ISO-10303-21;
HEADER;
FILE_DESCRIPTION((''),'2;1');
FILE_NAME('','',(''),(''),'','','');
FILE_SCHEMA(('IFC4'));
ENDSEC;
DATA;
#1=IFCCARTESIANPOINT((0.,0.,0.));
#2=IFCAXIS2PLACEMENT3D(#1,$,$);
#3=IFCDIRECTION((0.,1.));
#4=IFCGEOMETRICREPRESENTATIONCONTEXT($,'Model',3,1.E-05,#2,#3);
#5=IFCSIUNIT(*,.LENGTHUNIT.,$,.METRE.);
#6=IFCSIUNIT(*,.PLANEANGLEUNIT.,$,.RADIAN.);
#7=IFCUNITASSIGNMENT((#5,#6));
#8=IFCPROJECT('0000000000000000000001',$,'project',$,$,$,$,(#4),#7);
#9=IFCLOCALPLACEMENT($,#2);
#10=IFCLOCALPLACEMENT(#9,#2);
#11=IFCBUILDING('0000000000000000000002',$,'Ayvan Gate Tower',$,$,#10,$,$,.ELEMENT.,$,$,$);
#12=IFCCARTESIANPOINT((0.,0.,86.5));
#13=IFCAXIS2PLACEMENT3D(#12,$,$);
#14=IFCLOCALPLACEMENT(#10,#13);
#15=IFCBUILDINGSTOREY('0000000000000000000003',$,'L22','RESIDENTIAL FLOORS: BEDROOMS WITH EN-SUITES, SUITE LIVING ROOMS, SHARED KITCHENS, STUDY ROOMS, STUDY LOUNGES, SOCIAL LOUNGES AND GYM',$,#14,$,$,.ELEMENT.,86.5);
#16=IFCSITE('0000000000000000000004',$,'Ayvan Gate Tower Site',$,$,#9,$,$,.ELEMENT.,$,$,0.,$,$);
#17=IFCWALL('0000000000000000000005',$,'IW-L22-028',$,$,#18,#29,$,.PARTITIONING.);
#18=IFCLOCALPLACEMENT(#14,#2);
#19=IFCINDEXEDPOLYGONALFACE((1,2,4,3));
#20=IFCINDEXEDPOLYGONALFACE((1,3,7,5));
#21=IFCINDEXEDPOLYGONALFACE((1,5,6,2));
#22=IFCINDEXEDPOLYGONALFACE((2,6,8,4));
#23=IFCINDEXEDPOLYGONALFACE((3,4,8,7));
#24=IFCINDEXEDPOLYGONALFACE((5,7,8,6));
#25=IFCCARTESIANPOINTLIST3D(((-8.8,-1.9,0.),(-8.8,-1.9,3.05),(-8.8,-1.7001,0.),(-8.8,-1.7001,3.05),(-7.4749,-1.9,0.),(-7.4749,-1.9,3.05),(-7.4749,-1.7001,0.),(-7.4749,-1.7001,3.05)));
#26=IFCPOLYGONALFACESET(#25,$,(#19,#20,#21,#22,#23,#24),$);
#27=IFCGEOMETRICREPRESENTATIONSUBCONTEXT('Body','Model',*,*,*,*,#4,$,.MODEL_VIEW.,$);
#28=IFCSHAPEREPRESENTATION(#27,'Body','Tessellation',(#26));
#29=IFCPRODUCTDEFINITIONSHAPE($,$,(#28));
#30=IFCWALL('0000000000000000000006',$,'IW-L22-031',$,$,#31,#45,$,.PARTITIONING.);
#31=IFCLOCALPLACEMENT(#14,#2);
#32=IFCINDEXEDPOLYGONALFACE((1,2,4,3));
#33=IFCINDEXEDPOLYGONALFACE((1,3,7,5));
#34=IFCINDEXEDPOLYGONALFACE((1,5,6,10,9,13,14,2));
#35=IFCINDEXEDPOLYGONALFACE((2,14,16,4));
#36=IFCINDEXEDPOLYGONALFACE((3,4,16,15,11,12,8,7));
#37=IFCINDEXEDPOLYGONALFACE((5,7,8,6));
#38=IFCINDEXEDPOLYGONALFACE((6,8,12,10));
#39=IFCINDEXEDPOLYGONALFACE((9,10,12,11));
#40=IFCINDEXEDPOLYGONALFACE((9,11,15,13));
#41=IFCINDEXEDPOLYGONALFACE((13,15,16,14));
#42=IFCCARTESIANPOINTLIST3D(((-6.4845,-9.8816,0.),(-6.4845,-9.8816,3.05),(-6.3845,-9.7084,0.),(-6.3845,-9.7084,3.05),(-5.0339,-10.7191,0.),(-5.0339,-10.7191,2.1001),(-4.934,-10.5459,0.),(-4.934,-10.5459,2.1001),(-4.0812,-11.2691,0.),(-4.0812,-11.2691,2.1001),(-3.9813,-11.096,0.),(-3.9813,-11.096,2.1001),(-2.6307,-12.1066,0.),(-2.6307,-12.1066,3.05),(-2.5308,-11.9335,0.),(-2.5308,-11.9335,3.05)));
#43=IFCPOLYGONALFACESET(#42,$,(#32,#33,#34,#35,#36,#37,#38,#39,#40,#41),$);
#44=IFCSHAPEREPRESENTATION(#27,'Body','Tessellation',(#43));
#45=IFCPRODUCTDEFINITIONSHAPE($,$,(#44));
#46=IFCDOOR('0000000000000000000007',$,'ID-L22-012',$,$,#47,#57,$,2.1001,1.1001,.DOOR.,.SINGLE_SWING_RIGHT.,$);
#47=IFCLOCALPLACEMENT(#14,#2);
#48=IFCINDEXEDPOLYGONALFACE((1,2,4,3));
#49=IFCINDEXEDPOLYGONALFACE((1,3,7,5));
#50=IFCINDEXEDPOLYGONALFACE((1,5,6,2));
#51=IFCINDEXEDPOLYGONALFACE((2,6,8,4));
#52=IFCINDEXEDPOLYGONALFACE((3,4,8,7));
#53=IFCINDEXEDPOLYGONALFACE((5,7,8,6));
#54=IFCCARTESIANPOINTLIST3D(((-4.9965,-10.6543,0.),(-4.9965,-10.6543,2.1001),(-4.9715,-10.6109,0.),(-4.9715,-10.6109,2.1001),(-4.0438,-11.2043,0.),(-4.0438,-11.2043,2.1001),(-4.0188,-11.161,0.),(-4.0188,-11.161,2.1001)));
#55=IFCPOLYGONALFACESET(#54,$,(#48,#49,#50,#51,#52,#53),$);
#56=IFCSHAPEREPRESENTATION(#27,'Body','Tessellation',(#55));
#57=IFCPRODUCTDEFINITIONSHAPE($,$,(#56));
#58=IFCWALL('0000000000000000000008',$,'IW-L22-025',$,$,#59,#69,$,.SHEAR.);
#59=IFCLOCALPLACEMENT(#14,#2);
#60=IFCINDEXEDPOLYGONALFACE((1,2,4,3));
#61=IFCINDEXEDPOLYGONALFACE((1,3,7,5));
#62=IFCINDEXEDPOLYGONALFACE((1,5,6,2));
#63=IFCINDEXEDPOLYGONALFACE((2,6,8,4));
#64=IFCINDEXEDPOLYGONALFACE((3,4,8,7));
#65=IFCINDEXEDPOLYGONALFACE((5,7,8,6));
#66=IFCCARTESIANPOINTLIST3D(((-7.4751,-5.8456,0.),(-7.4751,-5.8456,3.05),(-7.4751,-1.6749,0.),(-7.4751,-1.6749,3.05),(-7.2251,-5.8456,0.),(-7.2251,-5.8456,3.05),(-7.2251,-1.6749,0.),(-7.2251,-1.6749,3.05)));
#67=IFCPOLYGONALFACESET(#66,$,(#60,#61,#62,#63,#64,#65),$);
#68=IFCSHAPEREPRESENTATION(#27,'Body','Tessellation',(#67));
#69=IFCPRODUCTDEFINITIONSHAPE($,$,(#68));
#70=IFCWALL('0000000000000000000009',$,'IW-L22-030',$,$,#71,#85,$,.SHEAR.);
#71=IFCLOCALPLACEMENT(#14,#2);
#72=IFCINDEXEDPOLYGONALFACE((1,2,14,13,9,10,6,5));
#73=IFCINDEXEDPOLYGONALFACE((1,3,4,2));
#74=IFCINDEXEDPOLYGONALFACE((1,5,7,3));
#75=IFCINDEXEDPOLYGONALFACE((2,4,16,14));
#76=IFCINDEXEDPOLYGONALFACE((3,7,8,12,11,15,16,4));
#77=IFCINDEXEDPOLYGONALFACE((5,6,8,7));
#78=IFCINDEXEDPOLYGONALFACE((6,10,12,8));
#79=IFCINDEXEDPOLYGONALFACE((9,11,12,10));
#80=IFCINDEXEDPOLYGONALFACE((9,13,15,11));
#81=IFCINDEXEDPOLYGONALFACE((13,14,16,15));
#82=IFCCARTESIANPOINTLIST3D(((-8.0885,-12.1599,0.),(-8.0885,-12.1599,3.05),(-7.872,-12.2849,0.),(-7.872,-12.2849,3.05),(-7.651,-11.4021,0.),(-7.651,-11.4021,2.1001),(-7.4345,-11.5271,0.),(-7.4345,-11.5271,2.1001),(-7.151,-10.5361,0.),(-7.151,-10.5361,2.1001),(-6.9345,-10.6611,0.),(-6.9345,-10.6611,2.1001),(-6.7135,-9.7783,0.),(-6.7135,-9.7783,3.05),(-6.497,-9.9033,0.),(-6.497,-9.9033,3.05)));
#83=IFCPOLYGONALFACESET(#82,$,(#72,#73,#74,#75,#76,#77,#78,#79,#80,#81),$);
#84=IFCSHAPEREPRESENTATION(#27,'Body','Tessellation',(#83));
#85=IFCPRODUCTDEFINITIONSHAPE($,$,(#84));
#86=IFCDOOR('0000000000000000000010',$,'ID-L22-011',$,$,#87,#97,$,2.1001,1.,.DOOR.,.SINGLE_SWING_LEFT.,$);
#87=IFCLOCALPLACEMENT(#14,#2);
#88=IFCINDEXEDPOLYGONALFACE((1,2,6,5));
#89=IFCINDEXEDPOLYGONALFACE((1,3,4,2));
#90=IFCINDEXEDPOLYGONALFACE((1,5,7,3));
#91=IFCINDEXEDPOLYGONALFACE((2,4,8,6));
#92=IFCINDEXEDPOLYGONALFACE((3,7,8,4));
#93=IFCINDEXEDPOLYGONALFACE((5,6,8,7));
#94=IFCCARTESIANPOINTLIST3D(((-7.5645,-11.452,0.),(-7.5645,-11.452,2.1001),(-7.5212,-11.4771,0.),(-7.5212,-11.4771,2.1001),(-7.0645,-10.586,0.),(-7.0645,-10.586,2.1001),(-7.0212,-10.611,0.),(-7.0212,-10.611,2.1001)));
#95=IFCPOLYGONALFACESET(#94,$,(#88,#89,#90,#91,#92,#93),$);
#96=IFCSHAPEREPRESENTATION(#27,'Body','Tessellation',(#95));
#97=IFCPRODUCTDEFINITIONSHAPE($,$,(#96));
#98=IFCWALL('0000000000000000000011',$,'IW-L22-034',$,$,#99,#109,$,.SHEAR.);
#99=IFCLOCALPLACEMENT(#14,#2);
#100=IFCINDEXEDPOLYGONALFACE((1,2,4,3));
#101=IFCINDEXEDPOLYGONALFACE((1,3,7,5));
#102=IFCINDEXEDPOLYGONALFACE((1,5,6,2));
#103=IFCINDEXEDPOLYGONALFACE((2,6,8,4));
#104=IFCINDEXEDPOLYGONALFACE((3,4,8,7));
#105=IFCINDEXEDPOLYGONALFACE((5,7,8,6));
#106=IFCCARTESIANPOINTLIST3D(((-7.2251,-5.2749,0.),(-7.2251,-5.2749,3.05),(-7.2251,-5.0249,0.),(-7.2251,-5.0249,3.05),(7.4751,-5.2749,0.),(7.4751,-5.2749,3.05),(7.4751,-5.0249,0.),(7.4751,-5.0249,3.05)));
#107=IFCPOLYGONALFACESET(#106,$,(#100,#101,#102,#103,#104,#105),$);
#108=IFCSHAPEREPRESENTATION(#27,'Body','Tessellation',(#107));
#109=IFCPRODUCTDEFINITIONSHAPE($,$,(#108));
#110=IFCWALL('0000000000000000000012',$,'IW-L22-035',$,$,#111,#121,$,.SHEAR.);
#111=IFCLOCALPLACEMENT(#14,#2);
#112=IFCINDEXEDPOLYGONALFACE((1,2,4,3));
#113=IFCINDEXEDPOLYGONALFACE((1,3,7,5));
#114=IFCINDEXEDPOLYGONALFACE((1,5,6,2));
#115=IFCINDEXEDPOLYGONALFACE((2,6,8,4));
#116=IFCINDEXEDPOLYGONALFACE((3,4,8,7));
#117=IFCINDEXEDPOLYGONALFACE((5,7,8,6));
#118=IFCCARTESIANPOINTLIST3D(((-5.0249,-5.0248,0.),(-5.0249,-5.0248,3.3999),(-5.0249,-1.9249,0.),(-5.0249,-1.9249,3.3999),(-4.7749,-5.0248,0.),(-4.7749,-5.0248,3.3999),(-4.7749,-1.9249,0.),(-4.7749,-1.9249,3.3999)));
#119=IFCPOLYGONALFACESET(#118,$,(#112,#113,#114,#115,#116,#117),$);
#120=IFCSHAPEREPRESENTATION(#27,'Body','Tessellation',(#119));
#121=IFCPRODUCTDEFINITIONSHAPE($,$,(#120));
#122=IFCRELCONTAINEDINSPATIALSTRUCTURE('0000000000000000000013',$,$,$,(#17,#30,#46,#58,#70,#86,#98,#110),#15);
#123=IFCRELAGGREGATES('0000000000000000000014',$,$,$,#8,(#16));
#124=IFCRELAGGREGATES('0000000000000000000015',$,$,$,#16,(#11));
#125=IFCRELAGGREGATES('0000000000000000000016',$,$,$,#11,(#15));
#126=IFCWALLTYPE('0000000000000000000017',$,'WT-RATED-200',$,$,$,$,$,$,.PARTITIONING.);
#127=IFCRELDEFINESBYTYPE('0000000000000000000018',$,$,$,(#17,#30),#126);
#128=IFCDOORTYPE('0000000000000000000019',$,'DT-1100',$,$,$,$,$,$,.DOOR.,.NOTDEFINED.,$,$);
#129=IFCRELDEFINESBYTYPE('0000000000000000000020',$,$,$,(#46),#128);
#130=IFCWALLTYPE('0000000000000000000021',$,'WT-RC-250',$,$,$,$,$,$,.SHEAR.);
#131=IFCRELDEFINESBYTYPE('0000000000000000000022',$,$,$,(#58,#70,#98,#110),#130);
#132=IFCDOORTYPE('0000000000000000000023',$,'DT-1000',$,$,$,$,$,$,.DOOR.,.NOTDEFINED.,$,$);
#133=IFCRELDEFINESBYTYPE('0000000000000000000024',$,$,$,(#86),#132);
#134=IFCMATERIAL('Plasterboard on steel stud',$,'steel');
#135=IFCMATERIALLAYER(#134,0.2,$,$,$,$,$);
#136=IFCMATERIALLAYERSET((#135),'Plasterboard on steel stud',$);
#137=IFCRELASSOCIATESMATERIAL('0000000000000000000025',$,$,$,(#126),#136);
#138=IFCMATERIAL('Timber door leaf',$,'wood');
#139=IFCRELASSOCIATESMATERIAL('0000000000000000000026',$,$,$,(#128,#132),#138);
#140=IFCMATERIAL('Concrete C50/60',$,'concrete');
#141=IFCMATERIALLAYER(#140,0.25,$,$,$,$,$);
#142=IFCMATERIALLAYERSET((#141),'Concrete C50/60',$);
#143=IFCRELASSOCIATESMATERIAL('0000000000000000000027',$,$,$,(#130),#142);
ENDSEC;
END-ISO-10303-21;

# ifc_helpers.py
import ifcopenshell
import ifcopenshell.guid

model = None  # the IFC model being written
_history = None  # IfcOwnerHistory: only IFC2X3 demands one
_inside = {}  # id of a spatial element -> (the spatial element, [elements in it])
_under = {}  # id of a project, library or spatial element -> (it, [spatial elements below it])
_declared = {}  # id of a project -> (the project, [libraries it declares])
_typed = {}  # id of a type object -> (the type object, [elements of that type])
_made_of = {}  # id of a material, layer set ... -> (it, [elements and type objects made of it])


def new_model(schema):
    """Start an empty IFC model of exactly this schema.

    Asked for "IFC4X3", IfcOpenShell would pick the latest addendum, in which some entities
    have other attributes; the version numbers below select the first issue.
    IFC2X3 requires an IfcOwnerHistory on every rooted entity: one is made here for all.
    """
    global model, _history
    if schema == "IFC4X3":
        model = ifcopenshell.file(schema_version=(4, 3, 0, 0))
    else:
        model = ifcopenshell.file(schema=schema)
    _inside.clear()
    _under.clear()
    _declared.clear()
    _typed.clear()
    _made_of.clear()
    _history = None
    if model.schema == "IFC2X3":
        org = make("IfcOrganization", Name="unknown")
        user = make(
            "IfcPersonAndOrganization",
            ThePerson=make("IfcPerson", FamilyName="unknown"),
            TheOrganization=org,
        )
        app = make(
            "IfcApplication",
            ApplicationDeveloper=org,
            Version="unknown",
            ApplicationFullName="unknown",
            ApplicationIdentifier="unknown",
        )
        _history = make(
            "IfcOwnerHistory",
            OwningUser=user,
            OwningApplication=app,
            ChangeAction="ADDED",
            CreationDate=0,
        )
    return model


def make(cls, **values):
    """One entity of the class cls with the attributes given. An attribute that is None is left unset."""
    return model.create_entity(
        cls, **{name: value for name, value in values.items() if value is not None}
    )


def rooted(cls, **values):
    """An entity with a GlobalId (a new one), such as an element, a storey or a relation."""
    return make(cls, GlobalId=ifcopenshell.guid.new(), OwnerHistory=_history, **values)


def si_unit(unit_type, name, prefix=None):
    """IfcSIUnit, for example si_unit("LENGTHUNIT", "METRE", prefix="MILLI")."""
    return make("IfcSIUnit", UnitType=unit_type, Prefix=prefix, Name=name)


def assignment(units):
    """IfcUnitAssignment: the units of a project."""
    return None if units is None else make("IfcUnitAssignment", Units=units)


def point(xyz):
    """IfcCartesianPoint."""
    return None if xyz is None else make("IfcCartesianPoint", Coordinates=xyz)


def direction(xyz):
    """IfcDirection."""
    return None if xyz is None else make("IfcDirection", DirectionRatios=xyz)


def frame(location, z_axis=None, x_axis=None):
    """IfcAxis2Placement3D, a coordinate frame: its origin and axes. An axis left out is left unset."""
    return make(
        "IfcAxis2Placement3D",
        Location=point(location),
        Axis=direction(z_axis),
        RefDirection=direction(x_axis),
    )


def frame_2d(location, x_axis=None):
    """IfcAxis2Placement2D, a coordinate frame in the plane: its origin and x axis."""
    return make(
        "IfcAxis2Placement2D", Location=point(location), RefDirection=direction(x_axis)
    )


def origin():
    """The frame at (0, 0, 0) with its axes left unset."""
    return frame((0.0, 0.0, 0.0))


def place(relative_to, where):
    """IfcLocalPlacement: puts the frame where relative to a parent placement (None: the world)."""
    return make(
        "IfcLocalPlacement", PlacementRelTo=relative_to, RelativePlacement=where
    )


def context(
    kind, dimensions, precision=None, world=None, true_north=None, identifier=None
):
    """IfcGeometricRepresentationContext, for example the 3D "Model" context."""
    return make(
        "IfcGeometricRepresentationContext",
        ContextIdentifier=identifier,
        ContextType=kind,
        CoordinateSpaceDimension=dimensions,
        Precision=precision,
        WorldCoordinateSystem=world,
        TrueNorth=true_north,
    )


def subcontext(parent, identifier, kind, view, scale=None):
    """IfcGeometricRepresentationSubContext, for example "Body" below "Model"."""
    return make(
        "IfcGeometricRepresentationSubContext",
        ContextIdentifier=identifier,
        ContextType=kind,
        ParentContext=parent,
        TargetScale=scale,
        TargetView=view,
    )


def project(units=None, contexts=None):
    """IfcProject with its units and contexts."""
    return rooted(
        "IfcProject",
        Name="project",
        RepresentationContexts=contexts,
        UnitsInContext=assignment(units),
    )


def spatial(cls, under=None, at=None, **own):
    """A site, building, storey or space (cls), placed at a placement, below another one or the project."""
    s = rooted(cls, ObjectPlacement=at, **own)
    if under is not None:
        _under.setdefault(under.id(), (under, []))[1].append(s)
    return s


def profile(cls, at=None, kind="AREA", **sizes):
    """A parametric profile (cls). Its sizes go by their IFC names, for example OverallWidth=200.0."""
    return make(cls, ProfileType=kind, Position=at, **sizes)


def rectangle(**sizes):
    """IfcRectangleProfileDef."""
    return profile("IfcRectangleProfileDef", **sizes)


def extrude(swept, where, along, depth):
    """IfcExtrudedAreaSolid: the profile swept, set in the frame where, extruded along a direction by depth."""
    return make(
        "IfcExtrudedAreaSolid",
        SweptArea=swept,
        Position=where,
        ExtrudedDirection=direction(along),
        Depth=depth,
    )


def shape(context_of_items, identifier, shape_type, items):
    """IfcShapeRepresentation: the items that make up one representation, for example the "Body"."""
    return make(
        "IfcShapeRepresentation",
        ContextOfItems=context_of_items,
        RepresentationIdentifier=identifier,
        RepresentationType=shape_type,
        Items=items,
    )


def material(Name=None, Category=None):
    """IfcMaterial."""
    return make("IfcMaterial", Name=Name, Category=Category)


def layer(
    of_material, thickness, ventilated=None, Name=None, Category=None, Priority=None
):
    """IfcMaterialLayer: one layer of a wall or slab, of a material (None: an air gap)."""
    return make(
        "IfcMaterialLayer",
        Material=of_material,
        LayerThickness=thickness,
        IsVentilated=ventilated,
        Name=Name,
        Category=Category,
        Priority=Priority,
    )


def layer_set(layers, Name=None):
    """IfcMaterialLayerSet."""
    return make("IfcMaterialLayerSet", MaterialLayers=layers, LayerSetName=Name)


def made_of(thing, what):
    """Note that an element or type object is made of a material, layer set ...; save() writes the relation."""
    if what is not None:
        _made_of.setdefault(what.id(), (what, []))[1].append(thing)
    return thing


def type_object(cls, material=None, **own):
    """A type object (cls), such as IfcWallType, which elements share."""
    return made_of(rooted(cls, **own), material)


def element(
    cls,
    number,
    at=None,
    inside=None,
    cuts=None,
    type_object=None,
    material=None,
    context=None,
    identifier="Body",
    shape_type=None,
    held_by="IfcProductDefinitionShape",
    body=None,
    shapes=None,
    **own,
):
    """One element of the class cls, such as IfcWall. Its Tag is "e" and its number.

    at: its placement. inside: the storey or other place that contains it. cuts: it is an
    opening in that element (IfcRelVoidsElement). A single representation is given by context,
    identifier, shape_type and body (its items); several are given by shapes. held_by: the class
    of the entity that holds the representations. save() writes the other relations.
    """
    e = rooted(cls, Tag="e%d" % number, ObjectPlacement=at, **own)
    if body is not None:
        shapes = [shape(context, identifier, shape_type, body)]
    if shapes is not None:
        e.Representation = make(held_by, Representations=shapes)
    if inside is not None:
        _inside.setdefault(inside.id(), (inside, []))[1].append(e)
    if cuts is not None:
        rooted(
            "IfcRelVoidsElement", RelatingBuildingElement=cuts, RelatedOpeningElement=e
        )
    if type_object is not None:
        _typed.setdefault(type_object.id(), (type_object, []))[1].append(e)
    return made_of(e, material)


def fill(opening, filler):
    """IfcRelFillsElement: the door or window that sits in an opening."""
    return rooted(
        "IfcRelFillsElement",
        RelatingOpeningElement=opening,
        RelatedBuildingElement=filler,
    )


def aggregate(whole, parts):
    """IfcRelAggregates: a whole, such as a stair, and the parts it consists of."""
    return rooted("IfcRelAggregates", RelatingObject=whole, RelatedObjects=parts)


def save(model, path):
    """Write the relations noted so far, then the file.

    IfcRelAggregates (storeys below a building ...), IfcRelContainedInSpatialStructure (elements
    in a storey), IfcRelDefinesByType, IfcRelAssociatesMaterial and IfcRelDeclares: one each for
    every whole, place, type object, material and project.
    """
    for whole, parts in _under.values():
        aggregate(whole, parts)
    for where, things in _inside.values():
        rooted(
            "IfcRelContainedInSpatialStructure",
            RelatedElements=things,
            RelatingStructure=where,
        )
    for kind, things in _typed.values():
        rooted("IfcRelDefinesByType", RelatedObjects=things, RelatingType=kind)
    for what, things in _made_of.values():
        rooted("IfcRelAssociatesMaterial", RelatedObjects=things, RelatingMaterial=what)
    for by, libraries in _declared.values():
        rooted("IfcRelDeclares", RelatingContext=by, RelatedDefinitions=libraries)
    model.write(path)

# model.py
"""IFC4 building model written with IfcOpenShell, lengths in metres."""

from ifc_helpers import new_model, si_unit, direction, frame, frame_2d, origin, place, context, subcontext, project, spatial, rectangle, extrude, material, layer, layer_set, type_object, element, fill, save


model = new_model("IFC4")

# Units and contexts
model_context = context("Model", 3, precision=1e-05, world=origin(), true_north=direction((0.0, 1.0)))
body_context = subcontext(model_context, "Body", "Model", "MODEL_VIEW")
ifc_project = project(units=[si_unit("LENGTHUNIT", "METRE"), si_unit("PLANEANGLEUNIT", "RADIAN")], contexts=[model_context])

# Site, building, storey
site_placement = place(None, origin())
site = spatial("IfcSite", under=ifc_project, at=site_placement, Name="Ayvan Gate Tower Site", CompositionType="ELEMENT", RefElevation=0.0)
building_placement = place(site_placement, origin())
building = spatial("IfcBuilding", under=site, at=building_placement, Name="Ayvan Gate Tower", CompositionType="ELEMENT")
storey_placement = place(building_placement, frame((0.0, 0.0, 86.5)))
storey = spatial("IfcBuildingStorey", under=building, at=storey_placement, Name="L22", Description="RESIDENTIAL FLOORS: BEDROOMS WITH EN-SUITES, SUITE LIVING ROOMS, SHARED KITCHENS, STUDY ROOMS, STUDY LOUNGES, SOCIAL LOUNGES AND GYM", CompositionType="ELEMENT", Elevation=86.5)

# Wall
ifc_material_1 = material(Name="Plasterboard on steel stud", Category="steel")
ifc_layer_1 = layer(ifc_material_1, 0.2)
ifc_layer_set_1 = layer_set([ifc_layer_1], Name="Plasterboard on steel stud")
wall_type_1 = type_object("IfcWallType", Name="WT-RATED-200", PredefinedType="PARTITIONING", material=ifc_layer_set_1)
wall_1_placement = place(storey_placement, frame((-7.4749, -1.8, 0.0), z_axis=(0.0, 0.0, 1.0), x_axis=(-1.0, 0.0, 0.0)))
element("IfcWall", 1, at=wall_1_placement, inside=storey, type_object=wall_type_1, Name="IW-L22-028", PredefinedType="PARTITIONING", context=body_context, shape_type="SweptSolid", body=[
    extrude(rectangle(XDim=1.3252, YDim=0.2, at=frame_2d((0.6626, 0.0))), origin(), (0.0, 0.0, 1.0), 3.05),
])

# Wall, opening, door
wall_2_placement = place(storey_placement, frame((-6.4346, -9.7949, 0.0), z_axis=(0.0, 0.0, 1.0), x_axis=(0.866013, -0.500022, 0.0)))
wall_2 = element("IfcWall", 2, at=wall_2_placement, inside=storey, type_object=wall_type_1, Name="IW-L22-031", PredefinedType="PARTITIONING", context=body_context, shape_type="SweptSolid", body=[
    extrude(rectangle(XDim=4.45, YDim=0.2, at=frame_2d((2.2251, 0.0))), origin(), (0.0, 0.0, 1.0), 3.05),
])
opening_1_placement = place(wall_2_placement, frame((1.675, 0.0, 0.0)))
opening_1 = element("IfcOpeningElement", 3, at=opening_1_placement, cuts=wall_2, PredefinedType="OPENING", context=body_context, shape_type="SweptSolid", body=[
    extrude(rectangle(XDim=1.1001, YDim=2.1001, at=frame_2d((0.55, 1.05))), frame((0.0, 0.1099, 0.0), z_axis=(0.0, -1.0, 0.0), x_axis=(1.0, 0.0, 0.0)), (0.0, 0.0, 1.0), 0.22),
])
ifc_material_2 = material(Name="Timber door leaf", Category="wood")
door_type_1 = type_object("IfcDoorType", Name="DT-1100", OperationType="NOTDEFINED", PredefinedType="DOOR", material=ifc_material_2)
door_1_placement = place(opening_1_placement, origin())
door_1 = element("IfcDoor", 4, at=door_1_placement, inside=storey, type_object=door_type_1, Name="ID-L22-012", OperationType="SINGLE_SWING_RIGHT", OverallHeight=2.1001, OverallWidth=1.1001, PredefinedType="DOOR", context=body_context, shape_type="SweptSolid", body=[
    extrude(rectangle(XDim=1.1001, YDim=2.1001, at=frame_2d((0.55, 1.05))), frame((0.0, 0.0249, 0.0), z_axis=(0.0, -1.0, 0.0), x_axis=(1.0, 0.0, 0.0)), (0.0, 0.0, 1.0), 0.05),
])
fill(opening_1, door_1)

# Wall
ifc_material_3 = material(Name="Concrete C50/60", Category="concrete")
ifc_layer_2 = layer(ifc_material_3, 0.25)
ifc_layer_set_2 = layer_set([ifc_layer_2], Name="Concrete C50/60")
wall_type_2 = type_object("IfcWallType", Name="WT-RC-250", PredefinedType="SHEAR", material=ifc_layer_set_2)
wall_3_placement = place(storey_placement, frame((-7.3501, -5.8457, 0.0), z_axis=(0.0, 0.0, 1.0), x_axis=(0.0, 1.0, 0.0)))
element("IfcWall", 5, at=wall_3_placement, inside=storey, type_object=wall_type_2, Name="IW-L22-025", PredefinedType="SHEAR", context=body_context, shape_type="SweptSolid", body=[
    extrude(rectangle(XDim=4.1707, YDim=0.25, at=frame_2d((2.0854, 0.0))), origin(), (0.0, 0.0, 1.0), 3.05),
])

# Wall, opening, door
wall_4_placement = place(storey_placement, frame((-6.6052, -9.8408, 0.0), z_axis=(0.0, 0.0, 1.0), x_axis=(-0.499997, -0.866027, 0.0)))
wall_4 = element("IfcWall", 6, at=wall_4_placement, inside=storey, type_object=wall_type_2, Name="IW-L22-030", PredefinedType="SHEAR", context=body_context, shape_type="SweptSolid", body=[
    extrude(rectangle(XDim=2.75, YDim=0.25, at=frame_2d((1.375, 0.0))), origin(), (0.0, 0.0, 1.0), 3.05),
])
opening_2_placement = place(wall_4_placement, frame((0.875, 0.0, 0.0)))
opening_2 = element("IfcOpeningElement", 7, at=opening_2_placement, cuts=wall_4, PredefinedType="OPENING", context=body_context, shape_type="SweptSolid", body=[
    extrude(rectangle(XDim=1.0, YDim=2.1001, at=frame_2d((0.5, 1.05))), frame((0.0, 0.135, 0.0), z_axis=(0.0, -1.0, 0.0), x_axis=(1.0, 0.0, 0.0)), (0.0, 0.0, 1.0), 0.27),
])
door_type_2 = type_object("IfcDoorType", Name="DT-1000", OperationType="NOTDEFINED", PredefinedType="DOOR", material=ifc_material_2)
door_2_placement = place(opening_2_placement, origin())
door_2 = element("IfcDoor", 8, at=door_2_placement, inside=storey, type_object=door_type_2, Name="ID-L22-011", OperationType="SINGLE_SWING_LEFT", OverallHeight=2.1001, OverallWidth=1.0, PredefinedType="DOOR", context=body_context, shape_type="SweptSolid", body=[
    extrude(rectangle(XDim=1.0, YDim=2.1001, at=frame_2d((0.5, 1.05))), frame((0.0, 0.0249, 0.0), z_axis=(0.0, -1.0, 0.0), x_axis=(1.0, 0.0, 0.0)), (0.0, 0.0, 1.0), 0.05),
])
fill(opening_2, door_2)

# Walls
wall_5_placement = place(storey_placement, frame((-7.2251, -5.1499, 0.0), z_axis=(0.0, 0.0, 1.0), x_axis=(1.0, 0.0, 0.0)))
element("IfcWall", 9, at=wall_5_placement, inside=storey, type_object=wall_type_2, Name="IW-L22-034", PredefinedType="SHEAR", context=body_context, shape_type="SweptSolid", body=[
    extrude(rectangle(XDim=14.7002, YDim=0.25, at=frame_2d((7.3501, 0.0))), origin(), (0.0, 0.0, 1.0), 3.05),
])
wall_6_placement = place(storey_placement, frame((-4.8999, -1.925, 0.0), z_axis=(0.0, 0.0, 1.0), x_axis=(0.0, -1.0, 0.0)))
element("IfcWall", 10, at=wall_6_placement, inside=storey, type_object=wall_type_2, Name="IW-L22-035", PredefinedType="SHEAR", context=body_context, shape_type="SweptSolid", body=[
    extrude(rectangle(XDim=3.0999, YDim=0.25, at=frame_2d((1.5498, 0.0))), origin(), (0.0, 0.0, 1.0), 3.3999),
])

save(model, "model.ifc")
